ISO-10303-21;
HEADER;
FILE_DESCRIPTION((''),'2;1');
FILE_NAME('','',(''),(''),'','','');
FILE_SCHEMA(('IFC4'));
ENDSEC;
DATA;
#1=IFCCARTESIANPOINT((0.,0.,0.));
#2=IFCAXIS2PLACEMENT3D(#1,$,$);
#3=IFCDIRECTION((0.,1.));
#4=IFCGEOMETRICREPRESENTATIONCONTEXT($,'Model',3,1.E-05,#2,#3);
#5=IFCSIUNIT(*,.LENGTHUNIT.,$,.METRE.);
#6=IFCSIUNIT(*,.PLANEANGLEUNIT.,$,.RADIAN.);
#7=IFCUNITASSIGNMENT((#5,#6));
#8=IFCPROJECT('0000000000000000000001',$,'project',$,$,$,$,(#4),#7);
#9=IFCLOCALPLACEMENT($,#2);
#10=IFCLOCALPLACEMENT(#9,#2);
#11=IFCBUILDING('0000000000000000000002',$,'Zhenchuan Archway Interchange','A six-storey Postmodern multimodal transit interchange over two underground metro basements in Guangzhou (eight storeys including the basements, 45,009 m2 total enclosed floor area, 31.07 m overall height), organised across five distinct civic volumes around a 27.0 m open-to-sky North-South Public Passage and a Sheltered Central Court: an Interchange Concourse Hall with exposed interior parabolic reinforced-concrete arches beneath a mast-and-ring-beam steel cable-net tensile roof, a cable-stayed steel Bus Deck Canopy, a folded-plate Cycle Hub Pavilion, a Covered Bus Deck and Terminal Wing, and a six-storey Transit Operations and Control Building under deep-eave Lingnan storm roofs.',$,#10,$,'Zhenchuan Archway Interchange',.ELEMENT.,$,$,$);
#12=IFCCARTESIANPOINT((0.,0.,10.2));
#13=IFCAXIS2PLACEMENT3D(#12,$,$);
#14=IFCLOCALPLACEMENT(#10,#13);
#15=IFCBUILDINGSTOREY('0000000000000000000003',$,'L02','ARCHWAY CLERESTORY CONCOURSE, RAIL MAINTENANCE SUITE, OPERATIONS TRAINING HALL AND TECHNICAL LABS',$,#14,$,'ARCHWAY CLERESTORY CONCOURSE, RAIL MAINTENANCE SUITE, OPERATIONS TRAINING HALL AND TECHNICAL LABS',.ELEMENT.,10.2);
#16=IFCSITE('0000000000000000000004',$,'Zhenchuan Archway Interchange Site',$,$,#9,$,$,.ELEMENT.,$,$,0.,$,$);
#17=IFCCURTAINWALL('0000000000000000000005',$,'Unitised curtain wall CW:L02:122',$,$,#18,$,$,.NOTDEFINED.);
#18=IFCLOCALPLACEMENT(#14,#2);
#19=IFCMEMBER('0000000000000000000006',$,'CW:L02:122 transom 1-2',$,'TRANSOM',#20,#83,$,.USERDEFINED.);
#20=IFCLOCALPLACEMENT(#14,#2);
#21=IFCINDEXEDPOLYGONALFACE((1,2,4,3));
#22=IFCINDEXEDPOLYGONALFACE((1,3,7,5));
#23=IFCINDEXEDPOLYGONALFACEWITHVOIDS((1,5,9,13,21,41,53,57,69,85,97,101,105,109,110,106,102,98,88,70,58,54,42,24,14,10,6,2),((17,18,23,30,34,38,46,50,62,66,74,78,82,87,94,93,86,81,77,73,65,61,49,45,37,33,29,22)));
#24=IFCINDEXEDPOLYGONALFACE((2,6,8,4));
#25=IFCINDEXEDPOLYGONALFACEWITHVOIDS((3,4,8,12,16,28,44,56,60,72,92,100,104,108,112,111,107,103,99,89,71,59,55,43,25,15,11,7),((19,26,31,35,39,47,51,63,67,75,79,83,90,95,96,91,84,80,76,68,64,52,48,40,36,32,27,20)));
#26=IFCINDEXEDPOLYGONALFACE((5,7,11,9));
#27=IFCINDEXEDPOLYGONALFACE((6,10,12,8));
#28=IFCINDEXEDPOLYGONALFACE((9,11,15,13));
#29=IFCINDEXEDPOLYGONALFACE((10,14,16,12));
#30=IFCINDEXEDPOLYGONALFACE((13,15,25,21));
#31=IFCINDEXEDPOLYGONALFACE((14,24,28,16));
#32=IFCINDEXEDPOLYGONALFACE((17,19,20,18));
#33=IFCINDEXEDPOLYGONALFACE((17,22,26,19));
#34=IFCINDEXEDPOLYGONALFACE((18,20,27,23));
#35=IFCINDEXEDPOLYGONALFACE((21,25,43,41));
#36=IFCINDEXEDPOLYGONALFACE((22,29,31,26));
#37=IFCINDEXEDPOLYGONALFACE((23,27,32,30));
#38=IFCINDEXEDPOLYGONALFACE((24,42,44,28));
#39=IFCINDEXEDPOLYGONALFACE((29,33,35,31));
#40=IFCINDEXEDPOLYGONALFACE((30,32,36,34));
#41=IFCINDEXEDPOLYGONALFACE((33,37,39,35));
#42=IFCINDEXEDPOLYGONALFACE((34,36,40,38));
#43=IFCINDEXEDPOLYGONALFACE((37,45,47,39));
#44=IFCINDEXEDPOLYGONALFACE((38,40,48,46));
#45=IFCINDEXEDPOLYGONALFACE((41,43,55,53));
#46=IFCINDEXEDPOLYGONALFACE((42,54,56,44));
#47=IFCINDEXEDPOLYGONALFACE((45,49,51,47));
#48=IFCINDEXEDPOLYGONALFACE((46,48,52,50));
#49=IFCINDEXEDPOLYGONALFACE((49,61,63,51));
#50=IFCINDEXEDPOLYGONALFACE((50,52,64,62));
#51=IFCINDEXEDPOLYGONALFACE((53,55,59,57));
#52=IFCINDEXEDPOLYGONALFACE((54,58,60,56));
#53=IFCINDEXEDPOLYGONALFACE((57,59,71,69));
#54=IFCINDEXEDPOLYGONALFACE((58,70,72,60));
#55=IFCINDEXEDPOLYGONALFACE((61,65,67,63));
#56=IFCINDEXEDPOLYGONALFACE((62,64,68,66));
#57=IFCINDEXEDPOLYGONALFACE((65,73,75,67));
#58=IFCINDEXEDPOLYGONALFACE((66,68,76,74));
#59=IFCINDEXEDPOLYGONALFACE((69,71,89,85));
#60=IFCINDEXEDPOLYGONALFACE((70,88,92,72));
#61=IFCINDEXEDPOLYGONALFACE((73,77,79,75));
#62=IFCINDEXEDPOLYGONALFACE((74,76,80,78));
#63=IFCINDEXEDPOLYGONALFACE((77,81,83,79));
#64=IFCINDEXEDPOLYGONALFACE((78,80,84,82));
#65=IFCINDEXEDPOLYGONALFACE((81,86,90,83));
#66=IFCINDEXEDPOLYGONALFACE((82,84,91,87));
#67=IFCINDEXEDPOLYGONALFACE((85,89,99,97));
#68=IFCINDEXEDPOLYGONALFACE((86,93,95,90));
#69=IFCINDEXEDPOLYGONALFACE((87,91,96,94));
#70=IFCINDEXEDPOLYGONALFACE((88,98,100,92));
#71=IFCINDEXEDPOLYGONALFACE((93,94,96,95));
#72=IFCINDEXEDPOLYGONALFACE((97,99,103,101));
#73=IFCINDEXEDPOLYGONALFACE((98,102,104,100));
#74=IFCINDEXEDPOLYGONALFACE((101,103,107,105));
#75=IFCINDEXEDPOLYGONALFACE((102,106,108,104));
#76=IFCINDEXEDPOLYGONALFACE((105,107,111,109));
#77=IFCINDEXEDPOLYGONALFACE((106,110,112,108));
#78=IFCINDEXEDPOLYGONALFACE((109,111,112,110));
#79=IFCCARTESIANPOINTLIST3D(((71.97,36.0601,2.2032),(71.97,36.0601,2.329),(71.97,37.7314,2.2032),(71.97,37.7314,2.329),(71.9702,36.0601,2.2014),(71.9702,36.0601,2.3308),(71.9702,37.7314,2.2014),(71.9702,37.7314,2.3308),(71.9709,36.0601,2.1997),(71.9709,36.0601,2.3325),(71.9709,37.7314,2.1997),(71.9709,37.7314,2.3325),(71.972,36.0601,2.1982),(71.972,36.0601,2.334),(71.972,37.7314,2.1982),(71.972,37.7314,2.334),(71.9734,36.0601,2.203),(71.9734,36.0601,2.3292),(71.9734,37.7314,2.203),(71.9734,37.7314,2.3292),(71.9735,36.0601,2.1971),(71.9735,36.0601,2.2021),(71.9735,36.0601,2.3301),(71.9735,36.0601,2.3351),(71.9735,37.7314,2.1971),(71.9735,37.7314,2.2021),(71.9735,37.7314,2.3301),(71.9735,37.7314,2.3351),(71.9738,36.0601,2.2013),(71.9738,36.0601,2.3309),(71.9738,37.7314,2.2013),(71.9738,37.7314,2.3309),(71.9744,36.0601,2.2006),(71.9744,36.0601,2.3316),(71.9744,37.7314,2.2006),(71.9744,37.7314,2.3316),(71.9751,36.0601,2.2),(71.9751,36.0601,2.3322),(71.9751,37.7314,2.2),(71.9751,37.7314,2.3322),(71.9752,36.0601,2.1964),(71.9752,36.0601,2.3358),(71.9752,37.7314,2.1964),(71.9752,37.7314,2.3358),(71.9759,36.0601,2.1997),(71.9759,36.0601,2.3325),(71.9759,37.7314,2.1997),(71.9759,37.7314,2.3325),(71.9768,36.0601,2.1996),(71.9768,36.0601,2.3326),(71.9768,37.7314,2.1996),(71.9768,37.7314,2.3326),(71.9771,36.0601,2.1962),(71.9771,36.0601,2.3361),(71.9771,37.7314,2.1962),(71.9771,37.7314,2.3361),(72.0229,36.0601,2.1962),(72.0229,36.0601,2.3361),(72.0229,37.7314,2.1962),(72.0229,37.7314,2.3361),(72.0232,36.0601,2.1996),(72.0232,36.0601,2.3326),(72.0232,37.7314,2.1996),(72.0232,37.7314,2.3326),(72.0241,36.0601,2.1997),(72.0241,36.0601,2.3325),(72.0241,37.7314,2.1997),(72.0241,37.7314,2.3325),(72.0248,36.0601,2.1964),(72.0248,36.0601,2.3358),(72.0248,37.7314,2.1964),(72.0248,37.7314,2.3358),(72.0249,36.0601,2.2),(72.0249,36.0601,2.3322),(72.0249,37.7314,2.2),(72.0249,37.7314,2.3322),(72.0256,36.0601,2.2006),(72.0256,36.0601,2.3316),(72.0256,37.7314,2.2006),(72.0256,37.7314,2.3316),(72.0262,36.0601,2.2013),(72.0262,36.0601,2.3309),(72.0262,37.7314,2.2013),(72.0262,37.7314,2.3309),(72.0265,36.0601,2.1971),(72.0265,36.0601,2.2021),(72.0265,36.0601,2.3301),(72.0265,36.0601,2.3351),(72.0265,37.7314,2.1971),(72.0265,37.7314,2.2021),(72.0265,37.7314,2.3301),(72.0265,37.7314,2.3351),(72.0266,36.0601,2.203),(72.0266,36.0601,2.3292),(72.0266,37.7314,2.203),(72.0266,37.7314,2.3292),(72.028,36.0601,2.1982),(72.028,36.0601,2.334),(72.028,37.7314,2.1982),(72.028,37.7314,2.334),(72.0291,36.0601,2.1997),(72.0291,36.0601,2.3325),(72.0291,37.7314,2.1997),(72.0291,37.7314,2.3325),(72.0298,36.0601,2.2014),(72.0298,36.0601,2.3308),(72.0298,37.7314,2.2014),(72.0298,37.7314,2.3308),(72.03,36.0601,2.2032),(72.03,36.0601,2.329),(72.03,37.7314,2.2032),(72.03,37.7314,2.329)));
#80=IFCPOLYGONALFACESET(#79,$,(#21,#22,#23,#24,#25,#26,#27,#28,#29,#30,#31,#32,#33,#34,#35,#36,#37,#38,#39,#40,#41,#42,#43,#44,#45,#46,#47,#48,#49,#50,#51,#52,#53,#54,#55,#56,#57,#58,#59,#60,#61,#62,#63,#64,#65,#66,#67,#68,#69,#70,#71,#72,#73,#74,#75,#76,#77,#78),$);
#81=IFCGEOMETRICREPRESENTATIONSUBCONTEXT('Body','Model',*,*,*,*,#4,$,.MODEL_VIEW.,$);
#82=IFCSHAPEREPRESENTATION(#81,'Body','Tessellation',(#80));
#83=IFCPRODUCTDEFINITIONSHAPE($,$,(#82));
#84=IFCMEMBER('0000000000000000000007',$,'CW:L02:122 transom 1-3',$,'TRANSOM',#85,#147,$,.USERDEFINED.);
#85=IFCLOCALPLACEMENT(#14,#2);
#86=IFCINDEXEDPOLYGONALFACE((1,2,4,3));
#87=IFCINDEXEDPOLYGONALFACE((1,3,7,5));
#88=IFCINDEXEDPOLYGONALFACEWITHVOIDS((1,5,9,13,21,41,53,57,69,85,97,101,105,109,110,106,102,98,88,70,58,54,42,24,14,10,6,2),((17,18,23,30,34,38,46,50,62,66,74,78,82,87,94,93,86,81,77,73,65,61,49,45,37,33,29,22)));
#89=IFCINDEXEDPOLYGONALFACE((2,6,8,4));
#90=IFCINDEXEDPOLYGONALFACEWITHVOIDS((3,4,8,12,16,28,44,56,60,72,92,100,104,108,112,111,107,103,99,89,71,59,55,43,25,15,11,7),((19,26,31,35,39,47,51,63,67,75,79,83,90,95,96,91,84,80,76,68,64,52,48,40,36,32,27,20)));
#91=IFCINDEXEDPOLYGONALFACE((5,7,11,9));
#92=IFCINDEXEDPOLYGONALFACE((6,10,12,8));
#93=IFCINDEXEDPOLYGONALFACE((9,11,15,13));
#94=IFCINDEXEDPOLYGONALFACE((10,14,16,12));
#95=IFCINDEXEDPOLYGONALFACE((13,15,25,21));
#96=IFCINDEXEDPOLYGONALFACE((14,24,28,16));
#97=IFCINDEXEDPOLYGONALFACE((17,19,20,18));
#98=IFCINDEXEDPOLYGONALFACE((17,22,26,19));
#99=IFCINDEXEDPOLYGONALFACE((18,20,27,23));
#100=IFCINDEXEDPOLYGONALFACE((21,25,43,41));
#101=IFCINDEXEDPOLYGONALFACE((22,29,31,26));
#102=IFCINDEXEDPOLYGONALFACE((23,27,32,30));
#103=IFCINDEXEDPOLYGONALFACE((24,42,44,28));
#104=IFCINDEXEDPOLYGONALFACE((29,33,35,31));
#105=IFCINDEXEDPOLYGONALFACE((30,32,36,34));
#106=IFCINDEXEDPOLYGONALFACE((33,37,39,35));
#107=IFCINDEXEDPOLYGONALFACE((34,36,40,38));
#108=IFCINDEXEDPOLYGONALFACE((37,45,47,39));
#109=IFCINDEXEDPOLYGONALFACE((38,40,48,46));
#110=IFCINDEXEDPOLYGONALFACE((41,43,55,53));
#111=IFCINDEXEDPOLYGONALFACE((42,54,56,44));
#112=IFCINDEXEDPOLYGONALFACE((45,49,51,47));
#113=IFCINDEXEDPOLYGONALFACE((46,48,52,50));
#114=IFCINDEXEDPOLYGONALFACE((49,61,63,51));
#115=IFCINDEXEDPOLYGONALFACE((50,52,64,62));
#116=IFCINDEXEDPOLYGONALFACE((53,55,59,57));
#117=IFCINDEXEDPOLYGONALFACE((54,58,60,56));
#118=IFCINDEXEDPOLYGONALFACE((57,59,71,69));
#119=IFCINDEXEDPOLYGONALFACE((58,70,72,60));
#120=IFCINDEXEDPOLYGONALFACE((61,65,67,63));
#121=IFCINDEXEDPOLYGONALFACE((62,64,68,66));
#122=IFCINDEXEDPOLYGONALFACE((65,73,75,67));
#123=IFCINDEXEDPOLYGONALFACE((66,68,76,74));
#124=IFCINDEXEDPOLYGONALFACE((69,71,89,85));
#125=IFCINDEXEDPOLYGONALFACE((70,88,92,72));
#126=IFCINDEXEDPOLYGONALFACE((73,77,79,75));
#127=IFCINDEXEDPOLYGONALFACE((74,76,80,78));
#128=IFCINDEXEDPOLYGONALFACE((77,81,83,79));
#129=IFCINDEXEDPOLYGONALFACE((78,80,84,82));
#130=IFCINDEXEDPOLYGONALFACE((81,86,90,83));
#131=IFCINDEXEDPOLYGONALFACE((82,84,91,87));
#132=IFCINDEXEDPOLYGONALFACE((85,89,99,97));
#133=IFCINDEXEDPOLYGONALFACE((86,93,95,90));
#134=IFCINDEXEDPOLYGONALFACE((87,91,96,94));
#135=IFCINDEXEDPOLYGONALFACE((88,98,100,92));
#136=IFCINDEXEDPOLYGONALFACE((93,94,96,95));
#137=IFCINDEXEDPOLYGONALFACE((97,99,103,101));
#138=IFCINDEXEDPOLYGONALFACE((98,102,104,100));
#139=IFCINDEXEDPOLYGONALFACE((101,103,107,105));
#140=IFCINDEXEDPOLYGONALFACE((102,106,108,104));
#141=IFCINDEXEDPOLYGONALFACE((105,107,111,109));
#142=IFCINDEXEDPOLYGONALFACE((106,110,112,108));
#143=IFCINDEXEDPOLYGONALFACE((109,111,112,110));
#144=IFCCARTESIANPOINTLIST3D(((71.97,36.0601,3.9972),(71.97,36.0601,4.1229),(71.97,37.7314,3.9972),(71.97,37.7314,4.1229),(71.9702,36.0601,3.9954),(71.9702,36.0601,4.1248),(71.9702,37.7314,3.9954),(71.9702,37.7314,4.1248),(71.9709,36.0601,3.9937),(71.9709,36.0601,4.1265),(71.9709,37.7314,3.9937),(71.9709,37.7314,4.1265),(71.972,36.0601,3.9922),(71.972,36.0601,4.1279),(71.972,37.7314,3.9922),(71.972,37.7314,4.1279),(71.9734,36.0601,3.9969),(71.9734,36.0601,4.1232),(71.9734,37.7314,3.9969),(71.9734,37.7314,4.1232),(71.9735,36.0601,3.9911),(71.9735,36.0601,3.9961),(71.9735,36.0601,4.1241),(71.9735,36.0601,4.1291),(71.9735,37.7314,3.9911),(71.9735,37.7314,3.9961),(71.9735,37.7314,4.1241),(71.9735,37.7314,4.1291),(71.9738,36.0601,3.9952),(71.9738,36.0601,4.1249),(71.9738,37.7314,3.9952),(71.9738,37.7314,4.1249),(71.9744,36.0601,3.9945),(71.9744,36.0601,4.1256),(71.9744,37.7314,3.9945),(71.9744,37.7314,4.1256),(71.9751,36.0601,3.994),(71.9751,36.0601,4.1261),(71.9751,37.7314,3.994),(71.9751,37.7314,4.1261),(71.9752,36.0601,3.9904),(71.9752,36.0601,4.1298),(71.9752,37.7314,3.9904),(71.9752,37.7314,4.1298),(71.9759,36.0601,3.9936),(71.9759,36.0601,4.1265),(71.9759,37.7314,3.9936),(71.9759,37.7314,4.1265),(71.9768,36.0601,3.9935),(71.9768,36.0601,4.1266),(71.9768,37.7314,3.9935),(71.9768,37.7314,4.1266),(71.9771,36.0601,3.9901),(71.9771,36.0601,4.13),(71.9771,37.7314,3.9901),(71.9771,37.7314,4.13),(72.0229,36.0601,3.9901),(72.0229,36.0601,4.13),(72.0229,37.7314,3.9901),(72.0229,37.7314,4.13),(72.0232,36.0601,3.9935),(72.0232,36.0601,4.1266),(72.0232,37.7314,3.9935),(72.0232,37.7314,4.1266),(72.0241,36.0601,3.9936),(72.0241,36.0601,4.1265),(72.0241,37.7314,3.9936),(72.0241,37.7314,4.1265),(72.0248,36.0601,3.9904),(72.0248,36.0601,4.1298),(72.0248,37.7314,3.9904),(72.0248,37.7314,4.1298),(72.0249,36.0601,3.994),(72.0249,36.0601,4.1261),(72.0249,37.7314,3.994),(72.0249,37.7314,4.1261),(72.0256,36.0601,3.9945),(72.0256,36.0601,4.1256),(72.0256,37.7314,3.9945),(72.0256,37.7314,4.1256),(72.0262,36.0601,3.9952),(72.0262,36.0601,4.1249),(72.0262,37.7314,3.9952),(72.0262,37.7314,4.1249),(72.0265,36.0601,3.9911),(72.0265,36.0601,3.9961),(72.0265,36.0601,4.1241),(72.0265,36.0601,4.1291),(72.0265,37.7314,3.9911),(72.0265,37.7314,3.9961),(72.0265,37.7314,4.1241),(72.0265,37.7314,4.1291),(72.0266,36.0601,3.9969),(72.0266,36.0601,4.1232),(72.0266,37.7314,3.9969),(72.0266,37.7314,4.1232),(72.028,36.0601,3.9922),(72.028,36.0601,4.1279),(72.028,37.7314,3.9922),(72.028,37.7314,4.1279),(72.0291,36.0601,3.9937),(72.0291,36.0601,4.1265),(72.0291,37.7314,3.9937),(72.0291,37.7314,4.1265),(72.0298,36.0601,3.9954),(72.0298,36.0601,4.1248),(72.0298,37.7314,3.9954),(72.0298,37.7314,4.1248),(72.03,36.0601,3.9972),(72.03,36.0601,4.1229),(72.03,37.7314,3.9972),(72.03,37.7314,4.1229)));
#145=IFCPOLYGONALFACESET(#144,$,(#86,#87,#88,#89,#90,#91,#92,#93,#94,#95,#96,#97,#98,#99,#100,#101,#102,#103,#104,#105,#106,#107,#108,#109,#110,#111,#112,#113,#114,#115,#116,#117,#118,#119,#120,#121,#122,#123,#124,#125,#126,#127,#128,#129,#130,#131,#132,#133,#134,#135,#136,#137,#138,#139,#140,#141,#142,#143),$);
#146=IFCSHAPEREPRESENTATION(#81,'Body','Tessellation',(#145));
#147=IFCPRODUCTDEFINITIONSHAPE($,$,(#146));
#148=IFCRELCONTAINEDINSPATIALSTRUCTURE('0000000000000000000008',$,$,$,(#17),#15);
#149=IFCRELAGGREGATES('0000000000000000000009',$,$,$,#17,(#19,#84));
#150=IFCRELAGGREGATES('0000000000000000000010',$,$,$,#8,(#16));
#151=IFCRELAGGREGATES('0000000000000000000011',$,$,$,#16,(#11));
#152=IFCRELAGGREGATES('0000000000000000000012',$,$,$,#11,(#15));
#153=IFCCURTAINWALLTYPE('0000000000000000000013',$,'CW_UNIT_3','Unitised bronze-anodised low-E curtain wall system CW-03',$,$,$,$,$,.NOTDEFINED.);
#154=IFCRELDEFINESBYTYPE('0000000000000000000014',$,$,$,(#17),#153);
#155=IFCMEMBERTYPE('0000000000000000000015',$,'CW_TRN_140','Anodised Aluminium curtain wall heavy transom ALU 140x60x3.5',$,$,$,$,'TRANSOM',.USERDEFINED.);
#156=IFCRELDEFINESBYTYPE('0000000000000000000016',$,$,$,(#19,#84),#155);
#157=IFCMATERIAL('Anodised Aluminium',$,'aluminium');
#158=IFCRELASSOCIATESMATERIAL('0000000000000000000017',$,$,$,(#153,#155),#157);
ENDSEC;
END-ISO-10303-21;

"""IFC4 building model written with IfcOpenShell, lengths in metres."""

from ifc_helpers import new_model, si_unit, direction, frame, origin, origin_2d, place, context, subcontext, project, spatial, hollow_rectangle, extrude, material, material_profile, profile_set, type_object, element, aggregate, save


model = new_model("IFC4")

# Units and contexts
model_context = context("Model", 3, precision=1e-05, world=origin(), true_north=direction((0.0, 1.0)))
body_context = subcontext(model_context, "Body", "Model", "MODEL_VIEW")
ifc_project = project(units=[si_unit("LENGTHUNIT", "METRE"), si_unit("PLANEANGLEUNIT", "RADIAN")], contexts=[model_context])

# Site, building, storey
site_placement = place(None, origin())
site = spatial("IfcSite", under=ifc_project, at=site_placement, Name="Zhenchuan Archway Interchange Site", CompositionType="ELEMENT", RefElevation=0.0)
building_placement = place(site_placement, origin())
building = spatial("IfcBuilding", under=site, at=building_placement, Name="Zhenchuan Archway Interchange", Description="A six-storey Postmodern multimodal transit interchange over two underground metro basements in Guangzhou (eight storeys including the basements, 45,009 m2 total enclosed floor area, 31.07 m overall height), organised across five distinct civic volumes around a 27.0 m open-to-sky North-South Public Passage and a Sheltered Central Court: an Interchange Concourse Hall with exposed interior parabolic reinforced-concrete arches beneath a mast-and-ring-beam steel cable-net tensile roof, a cable-stayed steel Bus Deck Canopy, a folded-plate Cycle Hub Pavilion, a Covered Bus Deck and Terminal Wing, and a six-storey Transit Operations and Control Building under deep-eave Lingnan storm roofs.", LongName="Zhenchuan Archway Interchange", CompositionType="ELEMENT")
storey_placement = place(building_placement, frame((0.0, 0.0, 10.2)))
storey = spatial("IfcBuildingStorey", under=building, at=storey_placement, Name="L02", Description="ARCHWAY CLERESTORY CONCOURSE, RAIL MAINTENANCE SUITE, OPERATIONS TRAINING HALL AND TECHNICAL LABS", LongName="ARCHWAY CLERESTORY CONCOURSE, RAIL MAINTENANCE SUITE, OPERATIONS TRAINING HALL AND TECHNICAL LABS", CompositionType="ELEMENT", Elevation=10.2)

# Curtain wall, members
ifc_material_1 = material(Name="Anodised Aluminium", Category="aluminium")
curtain_wall_type = type_object("IfcCurtainWallType", Name="CW_UNIT_3", Description="Unitised bronze-anodised low-E curtain wall system CW-03", PredefinedType="NOTDEFINED", material=ifc_material_1)
curtain_wall_placement = place(storey_placement, origin())
curtain_wall = element("IfcCurtainWall", 1, at=curtain_wall_placement, inside=storey, type_object=curtain_wall_type, Name="Unitised curtain wall CW:L02:122", PredefinedType="NOTDEFINED")
ifc_material_profile_1 = material_profile(ifc_material_1, hollow_rectangle(XDim=0.0601, YDim=0.1399, WallThickness=0.0034, InnerFilletRadius=0.0034, OuterFilletRadius=0.0071, at=origin_2d()), Name="ALU 140x60x3.5")
ifc_profile_set_1 = profile_set([ifc_material_profile_1], Name="Anodised Aluminium")
member_type_1 = type_object("IfcMemberType", Name="CW_TRN_140", Description="Anodised Aluminium curtain wall heavy transom ALU 140x60x3.5", ElementType="TRANSOM", PredefinedType="USERDEFINED", material=ifc_profile_set_1)
member_1_placement = place(storey_placement, frame((72.0, 37.7314, 2.2661), z_axis=(0.0, -1.0, 0.0), x_axis=(1.0, 0.0, 0.0)))
member_1 = element("IfcMember", 2, at=member_1_placement, type_object=member_type_1, Name="CW:L02:122 transom 1-2", ObjectType="TRANSOM", PredefinedType="USERDEFINED", context=body_context, shape_type="SweptSolid", body=[
    extrude(hollow_rectangle(XDim=0.0601, YDim=0.1399, WallThickness=0.0034, InnerFilletRadius=0.0034, OuterFilletRadius=0.0071, at=origin_2d()), origin(), (0.0, 0.0, 1.0), 1.6714),
])
member_2_placement = place(storey_placement, frame((72.0, 37.7314, 4.0601), z_axis=(0.0, -1.0, 0.0), x_axis=(1.0, 0.0, 0.0)))
member_2 = element("IfcMember", 3, at=member_2_placement, type_object=member_type_1, Name="CW:L02:122 transom 1-3", ObjectType="TRANSOM", PredefinedType="USERDEFINED", context=body_context, shape_type="SweptSolid", body=[
    extrude(hollow_rectangle(XDim=0.0601, YDim=0.1399, WallThickness=0.0034, InnerFilletRadius=0.0034, OuterFilletRadius=0.0071, at=origin_2d()), origin(), (0.0, 0.0, 1.0), 1.6714),
])

aggregate(curtain_wall, [member_1, member_2])

save(model, "model.ifc")
